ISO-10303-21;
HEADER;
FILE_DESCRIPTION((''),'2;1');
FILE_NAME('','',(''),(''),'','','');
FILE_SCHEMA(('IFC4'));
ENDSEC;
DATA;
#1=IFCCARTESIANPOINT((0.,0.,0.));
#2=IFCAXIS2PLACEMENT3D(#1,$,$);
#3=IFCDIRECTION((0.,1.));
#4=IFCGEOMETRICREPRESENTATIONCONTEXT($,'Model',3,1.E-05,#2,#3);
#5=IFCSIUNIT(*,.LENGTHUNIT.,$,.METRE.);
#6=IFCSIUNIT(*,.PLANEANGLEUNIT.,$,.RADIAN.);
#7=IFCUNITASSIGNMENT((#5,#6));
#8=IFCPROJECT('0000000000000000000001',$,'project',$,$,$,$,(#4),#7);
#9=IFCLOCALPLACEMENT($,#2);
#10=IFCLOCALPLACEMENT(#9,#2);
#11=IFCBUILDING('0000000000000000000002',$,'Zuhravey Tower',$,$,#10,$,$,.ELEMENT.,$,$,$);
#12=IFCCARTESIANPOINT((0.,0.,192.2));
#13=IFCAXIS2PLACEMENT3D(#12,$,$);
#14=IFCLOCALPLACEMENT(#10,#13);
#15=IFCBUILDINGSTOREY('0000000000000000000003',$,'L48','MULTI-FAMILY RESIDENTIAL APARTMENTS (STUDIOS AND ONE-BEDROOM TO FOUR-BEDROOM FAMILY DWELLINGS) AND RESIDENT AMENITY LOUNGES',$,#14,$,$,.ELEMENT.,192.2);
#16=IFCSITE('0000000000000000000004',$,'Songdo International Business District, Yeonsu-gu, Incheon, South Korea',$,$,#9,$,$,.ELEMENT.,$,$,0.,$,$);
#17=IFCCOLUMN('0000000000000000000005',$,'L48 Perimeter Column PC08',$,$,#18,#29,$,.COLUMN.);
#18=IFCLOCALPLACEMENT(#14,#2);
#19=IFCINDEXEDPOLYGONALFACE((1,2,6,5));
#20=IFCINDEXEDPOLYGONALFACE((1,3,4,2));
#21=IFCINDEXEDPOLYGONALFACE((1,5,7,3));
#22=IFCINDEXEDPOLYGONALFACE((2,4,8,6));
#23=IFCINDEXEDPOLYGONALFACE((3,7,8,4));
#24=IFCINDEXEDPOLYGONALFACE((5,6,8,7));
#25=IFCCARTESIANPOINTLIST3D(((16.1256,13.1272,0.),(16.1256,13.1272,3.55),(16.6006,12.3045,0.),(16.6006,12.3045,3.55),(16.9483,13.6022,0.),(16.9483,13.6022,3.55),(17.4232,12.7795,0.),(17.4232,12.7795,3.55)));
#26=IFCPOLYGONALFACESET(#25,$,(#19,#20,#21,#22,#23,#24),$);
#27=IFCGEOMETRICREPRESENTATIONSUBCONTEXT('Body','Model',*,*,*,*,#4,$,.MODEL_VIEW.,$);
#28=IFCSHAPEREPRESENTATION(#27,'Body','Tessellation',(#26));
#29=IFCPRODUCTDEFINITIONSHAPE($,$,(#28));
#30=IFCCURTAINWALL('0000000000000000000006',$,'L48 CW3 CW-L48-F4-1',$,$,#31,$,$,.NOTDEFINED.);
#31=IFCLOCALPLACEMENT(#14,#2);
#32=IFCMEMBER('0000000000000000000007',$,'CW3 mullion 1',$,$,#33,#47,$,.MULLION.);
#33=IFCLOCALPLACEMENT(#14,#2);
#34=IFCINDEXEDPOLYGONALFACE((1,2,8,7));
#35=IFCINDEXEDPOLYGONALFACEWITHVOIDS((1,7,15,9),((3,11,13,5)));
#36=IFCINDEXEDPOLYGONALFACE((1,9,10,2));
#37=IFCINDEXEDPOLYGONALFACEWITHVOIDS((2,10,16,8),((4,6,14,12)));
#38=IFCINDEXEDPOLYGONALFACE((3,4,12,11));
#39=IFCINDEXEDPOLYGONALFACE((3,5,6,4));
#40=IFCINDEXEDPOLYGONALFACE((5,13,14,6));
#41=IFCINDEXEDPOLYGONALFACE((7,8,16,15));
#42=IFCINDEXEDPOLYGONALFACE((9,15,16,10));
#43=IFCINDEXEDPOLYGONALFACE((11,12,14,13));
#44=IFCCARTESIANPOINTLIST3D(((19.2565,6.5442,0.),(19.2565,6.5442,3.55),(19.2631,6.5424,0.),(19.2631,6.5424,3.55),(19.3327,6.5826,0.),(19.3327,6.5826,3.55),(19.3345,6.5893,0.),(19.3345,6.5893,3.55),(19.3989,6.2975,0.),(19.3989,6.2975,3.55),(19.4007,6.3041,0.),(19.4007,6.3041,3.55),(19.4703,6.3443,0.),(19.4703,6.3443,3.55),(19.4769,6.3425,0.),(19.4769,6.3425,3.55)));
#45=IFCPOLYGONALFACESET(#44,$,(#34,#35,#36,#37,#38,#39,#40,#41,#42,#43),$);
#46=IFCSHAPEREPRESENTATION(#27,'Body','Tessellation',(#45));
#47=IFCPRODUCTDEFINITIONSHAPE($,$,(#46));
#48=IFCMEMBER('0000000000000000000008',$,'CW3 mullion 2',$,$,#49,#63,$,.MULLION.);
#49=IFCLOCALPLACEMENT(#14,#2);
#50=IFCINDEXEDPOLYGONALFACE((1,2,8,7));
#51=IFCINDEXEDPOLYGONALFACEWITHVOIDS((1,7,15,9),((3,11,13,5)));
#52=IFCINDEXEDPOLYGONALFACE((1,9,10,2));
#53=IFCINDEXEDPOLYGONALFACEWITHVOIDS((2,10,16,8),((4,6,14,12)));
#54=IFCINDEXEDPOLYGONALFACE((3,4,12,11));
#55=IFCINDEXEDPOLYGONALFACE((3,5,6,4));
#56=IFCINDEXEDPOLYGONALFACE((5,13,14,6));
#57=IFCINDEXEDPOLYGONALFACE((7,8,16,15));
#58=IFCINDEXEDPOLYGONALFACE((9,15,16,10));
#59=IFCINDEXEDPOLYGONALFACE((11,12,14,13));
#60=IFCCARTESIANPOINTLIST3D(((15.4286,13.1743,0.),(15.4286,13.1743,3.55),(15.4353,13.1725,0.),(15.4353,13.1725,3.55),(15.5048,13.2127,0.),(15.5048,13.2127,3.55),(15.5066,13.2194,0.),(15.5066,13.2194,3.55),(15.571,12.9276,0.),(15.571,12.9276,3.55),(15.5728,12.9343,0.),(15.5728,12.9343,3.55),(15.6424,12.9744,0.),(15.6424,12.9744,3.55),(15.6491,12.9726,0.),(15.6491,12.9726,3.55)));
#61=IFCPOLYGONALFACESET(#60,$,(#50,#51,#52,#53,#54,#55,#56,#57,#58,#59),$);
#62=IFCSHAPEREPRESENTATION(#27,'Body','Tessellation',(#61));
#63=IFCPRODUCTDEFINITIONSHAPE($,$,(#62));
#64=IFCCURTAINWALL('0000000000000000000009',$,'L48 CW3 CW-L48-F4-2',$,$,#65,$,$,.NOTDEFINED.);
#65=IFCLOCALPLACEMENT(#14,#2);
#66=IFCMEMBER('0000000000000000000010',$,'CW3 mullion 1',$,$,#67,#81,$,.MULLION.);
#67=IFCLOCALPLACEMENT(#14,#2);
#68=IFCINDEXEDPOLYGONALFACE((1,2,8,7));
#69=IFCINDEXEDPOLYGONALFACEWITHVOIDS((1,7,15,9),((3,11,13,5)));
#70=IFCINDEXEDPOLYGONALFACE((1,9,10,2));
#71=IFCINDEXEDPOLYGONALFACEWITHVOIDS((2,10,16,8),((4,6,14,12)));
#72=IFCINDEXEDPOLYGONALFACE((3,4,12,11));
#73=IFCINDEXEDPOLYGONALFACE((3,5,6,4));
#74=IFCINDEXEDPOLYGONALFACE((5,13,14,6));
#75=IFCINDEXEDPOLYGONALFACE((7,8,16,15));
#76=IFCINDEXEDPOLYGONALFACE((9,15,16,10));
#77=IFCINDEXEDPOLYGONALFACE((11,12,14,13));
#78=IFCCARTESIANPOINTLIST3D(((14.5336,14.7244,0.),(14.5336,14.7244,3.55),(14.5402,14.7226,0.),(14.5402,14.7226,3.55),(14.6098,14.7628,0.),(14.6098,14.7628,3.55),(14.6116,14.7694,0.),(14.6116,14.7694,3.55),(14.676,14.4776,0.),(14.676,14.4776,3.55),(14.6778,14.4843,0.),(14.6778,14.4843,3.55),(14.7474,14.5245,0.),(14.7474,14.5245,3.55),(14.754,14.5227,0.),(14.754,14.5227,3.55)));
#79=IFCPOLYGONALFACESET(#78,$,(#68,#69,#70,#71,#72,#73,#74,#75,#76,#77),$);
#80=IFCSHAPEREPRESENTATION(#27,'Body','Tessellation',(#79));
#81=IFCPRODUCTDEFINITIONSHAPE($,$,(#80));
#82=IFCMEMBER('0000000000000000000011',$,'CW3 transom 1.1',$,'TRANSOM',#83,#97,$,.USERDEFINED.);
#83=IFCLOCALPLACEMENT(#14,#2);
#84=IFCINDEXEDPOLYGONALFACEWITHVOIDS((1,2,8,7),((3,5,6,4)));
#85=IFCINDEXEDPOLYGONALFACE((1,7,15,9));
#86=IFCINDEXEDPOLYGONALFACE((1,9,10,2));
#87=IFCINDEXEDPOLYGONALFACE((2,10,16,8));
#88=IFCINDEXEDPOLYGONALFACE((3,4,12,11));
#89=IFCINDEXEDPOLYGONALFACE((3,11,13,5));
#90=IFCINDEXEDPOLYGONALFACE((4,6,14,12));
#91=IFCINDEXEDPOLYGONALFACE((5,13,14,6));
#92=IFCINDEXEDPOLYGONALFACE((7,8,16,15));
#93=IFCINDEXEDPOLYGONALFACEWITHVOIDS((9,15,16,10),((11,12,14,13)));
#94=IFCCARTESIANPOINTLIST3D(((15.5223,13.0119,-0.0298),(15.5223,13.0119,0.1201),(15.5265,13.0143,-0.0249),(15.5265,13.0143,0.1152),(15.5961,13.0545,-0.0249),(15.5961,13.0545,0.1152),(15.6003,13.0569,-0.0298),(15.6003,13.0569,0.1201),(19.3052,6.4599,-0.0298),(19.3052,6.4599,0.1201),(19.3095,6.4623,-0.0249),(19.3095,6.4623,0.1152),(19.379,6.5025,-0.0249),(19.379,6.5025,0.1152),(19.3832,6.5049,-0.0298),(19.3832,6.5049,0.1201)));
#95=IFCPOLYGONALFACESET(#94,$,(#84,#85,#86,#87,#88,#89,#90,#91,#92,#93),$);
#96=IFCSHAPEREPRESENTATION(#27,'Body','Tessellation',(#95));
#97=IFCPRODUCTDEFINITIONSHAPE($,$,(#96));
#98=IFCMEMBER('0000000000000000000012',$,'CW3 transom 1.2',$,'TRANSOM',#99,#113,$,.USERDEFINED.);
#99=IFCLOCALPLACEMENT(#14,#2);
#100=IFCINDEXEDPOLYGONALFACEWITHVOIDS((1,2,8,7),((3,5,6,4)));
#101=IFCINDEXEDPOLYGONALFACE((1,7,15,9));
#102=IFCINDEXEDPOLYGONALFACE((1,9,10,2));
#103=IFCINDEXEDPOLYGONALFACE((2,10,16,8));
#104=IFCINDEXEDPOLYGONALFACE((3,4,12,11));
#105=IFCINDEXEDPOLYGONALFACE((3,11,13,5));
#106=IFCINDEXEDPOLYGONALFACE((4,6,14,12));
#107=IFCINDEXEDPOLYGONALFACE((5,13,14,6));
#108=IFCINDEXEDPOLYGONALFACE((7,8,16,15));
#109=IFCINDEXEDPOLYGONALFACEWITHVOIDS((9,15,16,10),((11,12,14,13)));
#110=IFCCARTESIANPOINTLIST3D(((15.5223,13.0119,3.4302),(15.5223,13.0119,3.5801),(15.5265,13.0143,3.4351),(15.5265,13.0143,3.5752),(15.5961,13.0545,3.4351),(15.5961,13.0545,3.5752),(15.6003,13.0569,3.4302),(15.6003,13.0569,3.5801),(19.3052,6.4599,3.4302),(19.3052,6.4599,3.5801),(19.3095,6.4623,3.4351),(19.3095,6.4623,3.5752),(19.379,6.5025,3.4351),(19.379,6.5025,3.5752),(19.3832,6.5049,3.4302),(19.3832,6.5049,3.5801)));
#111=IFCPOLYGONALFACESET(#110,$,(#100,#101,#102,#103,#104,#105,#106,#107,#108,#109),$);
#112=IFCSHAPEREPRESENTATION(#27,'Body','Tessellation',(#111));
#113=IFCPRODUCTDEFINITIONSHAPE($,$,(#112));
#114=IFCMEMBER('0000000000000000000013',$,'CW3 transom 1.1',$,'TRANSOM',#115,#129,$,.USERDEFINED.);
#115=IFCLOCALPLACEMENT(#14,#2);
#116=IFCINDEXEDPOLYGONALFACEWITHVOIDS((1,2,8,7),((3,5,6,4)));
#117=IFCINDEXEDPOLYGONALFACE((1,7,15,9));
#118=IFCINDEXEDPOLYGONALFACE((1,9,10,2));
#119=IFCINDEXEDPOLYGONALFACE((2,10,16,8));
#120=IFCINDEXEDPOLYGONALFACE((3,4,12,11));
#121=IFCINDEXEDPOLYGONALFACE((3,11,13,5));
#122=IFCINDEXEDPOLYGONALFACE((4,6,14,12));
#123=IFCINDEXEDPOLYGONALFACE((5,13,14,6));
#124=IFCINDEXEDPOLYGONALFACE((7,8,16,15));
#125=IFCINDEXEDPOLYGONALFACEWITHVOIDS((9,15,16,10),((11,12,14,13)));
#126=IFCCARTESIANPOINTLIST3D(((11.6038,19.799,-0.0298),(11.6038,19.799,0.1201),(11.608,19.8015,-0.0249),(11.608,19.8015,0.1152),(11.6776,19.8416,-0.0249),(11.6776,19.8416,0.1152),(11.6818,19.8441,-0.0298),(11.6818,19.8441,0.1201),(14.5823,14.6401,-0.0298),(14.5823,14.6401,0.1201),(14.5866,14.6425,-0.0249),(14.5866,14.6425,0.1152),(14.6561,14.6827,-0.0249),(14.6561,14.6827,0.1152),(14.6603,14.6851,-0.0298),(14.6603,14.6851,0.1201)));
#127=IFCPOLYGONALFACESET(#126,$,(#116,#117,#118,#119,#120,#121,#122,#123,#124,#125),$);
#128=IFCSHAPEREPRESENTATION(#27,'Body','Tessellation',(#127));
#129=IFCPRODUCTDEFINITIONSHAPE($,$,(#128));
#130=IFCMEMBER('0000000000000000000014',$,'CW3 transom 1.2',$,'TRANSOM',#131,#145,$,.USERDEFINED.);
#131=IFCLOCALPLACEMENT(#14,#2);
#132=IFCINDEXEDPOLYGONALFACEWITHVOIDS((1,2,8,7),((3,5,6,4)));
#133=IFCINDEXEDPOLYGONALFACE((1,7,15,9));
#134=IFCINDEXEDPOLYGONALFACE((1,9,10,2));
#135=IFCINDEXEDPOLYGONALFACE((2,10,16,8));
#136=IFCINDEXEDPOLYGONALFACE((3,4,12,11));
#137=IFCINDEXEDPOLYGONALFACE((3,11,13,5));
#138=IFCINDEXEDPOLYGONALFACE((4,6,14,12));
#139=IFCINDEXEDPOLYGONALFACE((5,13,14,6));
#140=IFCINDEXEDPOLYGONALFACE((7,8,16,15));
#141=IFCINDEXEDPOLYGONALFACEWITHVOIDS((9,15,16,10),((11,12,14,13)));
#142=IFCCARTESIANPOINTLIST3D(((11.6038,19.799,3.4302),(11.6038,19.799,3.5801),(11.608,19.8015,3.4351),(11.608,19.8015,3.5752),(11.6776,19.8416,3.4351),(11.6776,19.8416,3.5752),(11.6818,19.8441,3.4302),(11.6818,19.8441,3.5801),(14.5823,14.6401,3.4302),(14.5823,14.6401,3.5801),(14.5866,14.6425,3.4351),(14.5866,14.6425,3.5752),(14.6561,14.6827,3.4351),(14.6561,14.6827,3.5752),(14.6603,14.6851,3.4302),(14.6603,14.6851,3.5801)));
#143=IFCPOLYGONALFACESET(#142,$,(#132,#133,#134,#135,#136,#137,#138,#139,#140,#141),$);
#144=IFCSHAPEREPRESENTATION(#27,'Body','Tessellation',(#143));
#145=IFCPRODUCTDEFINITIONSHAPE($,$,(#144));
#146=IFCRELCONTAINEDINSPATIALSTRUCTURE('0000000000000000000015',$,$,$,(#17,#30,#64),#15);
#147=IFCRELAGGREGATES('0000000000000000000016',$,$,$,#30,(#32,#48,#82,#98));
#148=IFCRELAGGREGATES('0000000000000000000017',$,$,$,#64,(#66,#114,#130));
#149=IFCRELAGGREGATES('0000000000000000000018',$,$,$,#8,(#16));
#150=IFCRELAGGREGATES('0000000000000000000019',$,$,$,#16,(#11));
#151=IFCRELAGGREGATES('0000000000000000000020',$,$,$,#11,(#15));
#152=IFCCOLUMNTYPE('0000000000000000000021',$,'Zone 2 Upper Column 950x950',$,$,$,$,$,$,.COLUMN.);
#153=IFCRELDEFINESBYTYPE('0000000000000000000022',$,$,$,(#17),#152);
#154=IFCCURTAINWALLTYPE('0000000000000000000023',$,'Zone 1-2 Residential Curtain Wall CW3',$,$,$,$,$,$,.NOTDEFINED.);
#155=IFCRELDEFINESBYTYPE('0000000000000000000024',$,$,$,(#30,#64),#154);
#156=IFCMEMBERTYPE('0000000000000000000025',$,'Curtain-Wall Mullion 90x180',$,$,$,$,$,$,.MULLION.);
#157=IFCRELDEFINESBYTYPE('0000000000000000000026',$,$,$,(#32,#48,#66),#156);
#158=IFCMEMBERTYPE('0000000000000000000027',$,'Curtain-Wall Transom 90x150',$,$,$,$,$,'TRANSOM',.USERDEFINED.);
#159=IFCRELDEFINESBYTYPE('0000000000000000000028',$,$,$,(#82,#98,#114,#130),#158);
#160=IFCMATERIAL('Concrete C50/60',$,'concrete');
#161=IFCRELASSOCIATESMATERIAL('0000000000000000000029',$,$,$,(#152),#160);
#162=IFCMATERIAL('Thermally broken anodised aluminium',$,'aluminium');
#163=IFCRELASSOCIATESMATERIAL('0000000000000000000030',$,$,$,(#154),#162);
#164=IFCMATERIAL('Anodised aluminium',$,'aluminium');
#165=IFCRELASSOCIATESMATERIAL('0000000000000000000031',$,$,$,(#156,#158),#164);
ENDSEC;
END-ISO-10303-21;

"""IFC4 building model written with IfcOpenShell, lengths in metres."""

from ifc_helpers import new_model, si_unit, direction, frame, origin, origin_2d, place, context, subcontext, project, spatial, rectangle, hollow_rectangle, extrude, material, material_profile, profile_set, type_object, element, aggregate, save


model = new_model("IFC4")

# Units and contexts
model_context = context("Model", 3, precision=1e-05, world=origin(), true_north=direction((0.0, 1.0)))
body_context = subcontext(model_context, "Body", "Model", "MODEL_VIEW")
ifc_project = project(units=[si_unit("LENGTHUNIT", "METRE"), si_unit("PLANEANGLEUNIT", "RADIAN")], contexts=[model_context])

# Site, building, storey
site_placement = place(None, origin())
site = spatial("IfcSite", under=ifc_project, at=site_placement, Name="Songdo International Business District, Yeonsu-gu, Incheon, South Korea", CompositionType="ELEMENT", RefElevation=0.0)
building_placement = place(site_placement, origin())
building = spatial("IfcBuilding", under=site, at=building_placement, Name="Zuhravey Tower", CompositionType="ELEMENT")
storey_placement = place(building_placement, frame((0.0, 0.0, 192.2)))
storey = spatial("IfcBuildingStorey", under=building, at=storey_placement, Name="L48", Description="MULTI-FAMILY RESIDENTIAL APARTMENTS (STUDIOS AND ONE-BEDROOM TO FOUR-BEDROOM FAMILY DWELLINGS) AND RESIDENT AMENITY LOUNGES", CompositionType="ELEMENT", Elevation=192.2)

# Column
ifc_material_1 = material(Name="Concrete C50/60", Category="concrete")
ifc_material_profile_1 = material_profile(ifc_material_1, rectangle(XDim=0.95, YDim=0.95, at=origin_2d()), Name="RC-950x950")
ifc_profile_set_1 = profile_set([ifc_material_profile_1], Name="Concrete C50/60")
column_type = type_object("IfcColumnType", Name="Zone 2 Upper Column 950x950", PredefinedType="COLUMN", material=ifc_profile_set_1)
column_placement = place(storey_placement, frame((16.7744, 12.9534, 0.0), z_axis=(0.0, 0.0, 1.0), x_axis=(0.5, -0.866025, 0.0)))
element("IfcColumn", 1, at=column_placement, inside=storey, type_object=column_type, Name="L48 Perimeter Column PC08", PredefinedType="COLUMN", context=body_context, shape_type="SweptSolid", body=[
    extrude(rectangle(XDim=0.95, YDim=0.95, at=origin_2d()), origin(), (0.0, 0.0, 1.0), 3.55),
])

# Curtain wall, members
ifc_material_2 = material(Name="Thermally broken anodised aluminium", Category="aluminium")
curtain_wall_type = type_object("IfcCurtainWallType", Name="Zone 1-2 Residential Curtain Wall CW3", PredefinedType="NOTDEFINED", material=ifc_material_2)
curtain_wall_1_placement = place(storey_placement, origin())
curtain_wall_1 = element("IfcCurtainWall", 2, at=curtain_wall_1_placement, inside=storey, type_object=curtain_wall_type, Name="L48 CW3 CW-L48-F4-1", PredefinedType="NOTDEFINED")
ifc_material_3 = material(Name="Anodised aluminium", Category="aluminium")
ifc_material_profile_2 = material_profile(ifc_material_3, hollow_rectangle(XDim=0.0901, YDim=0.2849, WallThickness=0.0049, at=origin_2d()), Name="ALU-RHS-90x285x5")
ifc_profile_set_2 = profile_set([ifc_material_profile_2], Name="Anodised aluminium")
member_type_1 = type_object("IfcMemberType", Name="Curtain-Wall Mullion 90x180", PredefinedType="MULLION", material=ifc_profile_set_2)
member_1_placement = place(storey_placement, frame((19.3667, 6.4434, 0.0), z_axis=(0.0, 0.0, 1.0), x_axis=(-0.866023, -0.500003, 0.0)))
member_1 = element("IfcMember", 3, at=member_1_placement, type_object=member_type_1, Name="CW3 mullion 1", PredefinedType="MULLION", context=body_context, shape_type="SweptSolid", body=[
    extrude(hollow_rectangle(XDim=0.0901, YDim=0.2849, WallThickness=0.0049, at=origin_2d()), origin(), (0.0, 0.0, 1.0), 3.55),
])
member_2_placement = place(storey_placement, frame((15.5388, 13.0735, 0.0), z_axis=(0.0, 0.0, 1.0), x_axis=(-0.866023, -0.500003, 0.0)))
member_2 = element("IfcMember", 4, at=member_2_placement, type_object=member_type_1, Name="CW3 mullion 2", PredefinedType="MULLION", context=body_context, shape_type="SweptSolid", body=[
    extrude(hollow_rectangle(XDim=0.0901, YDim=0.2849, WallThickness=0.0049, at=origin_2d()), origin(), (0.0, 0.0, 1.0), 3.55),
])

# Curtain wall, member
curtain_wall_2_placement = place(storey_placement, origin())
curtain_wall_2 = element("IfcCurtainWall", 5, at=curtain_wall_2_placement, inside=storey, type_object=curtain_wall_type, Name="L48 CW3 CW-L48-F4-2", PredefinedType="NOTDEFINED")
member_3_placement = place(storey_placement, frame((14.6438, 14.6235, 0.0), z_axis=(0.0, 0.0, 1.0), x_axis=(-0.866026, -0.499998, 0.0)))
member_3 = element("IfcMember", 6, at=member_3_placement, type_object=member_type_1, Name="CW3 mullion 1", PredefinedType="MULLION", context=body_context, shape_type="SweptSolid", body=[
    extrude(hollow_rectangle(XDim=0.0901, YDim=0.2849, WallThickness=0.0049, at=origin_2d()), origin(), (0.0, 0.0, 1.0), 3.55),
])

# Members
ifc_material_profile_3 = material_profile(ifc_material_3, hollow_rectangle(XDim=0.0901, YDim=0.1499, WallThickness=0.0049, at=origin_2d()), Name="ALU-RHS-90x150x5")
ifc_profile_set_3 = profile_set([ifc_material_profile_3], Name="Anodised aluminium")
member_type_2 = type_object("IfcMemberType", Name="Curtain-Wall Transom 90x150", ElementType="TRANSOM", PredefinedType="USERDEFINED", material=ifc_profile_set_3)
member_4_placement = place(storey_placement, frame((19.3442, 6.4824, 0.0452), z_axis=(-0.500016, 0.866016, 0.0), x_axis=(-0.866016, -0.500016, 0.0)))
member_4 = element("IfcMember", 7, at=member_4_placement, type_object=member_type_2, Name="CW3 transom 1.1", ObjectType="TRANSOM", PredefinedType="USERDEFINED", context=body_context, shape_type="SweptSolid", body=[
    extrude(hollow_rectangle(XDim=0.0901, YDim=0.1499, WallThickness=0.0049, at=origin_2d()), origin(), (0.0, 0.0, 1.0), 7.5657),
])
member_5_placement = place(storey_placement, frame((19.3442, 6.4824, 3.5051), z_axis=(-0.500016, 0.866016, 0.0), x_axis=(-0.866016, -0.500016, 0.0)))
member_5 = element("IfcMember", 8, at=member_5_placement, type_object=member_type_2, Name="CW3 transom 1.2", ObjectType="TRANSOM", PredefinedType="USERDEFINED", context=body_context, shape_type="SweptSolid", body=[
    extrude(hollow_rectangle(XDim=0.0901, YDim=0.1499, WallThickness=0.0049, at=origin_2d()), origin(), (0.0, 0.0, 1.0), 7.5657),
])
member_6_placement = place(storey_placement, frame((14.6213, 14.6626, 0.0452), z_axis=(-0.5, 0.866025, 0.0), x_axis=(-0.866025, -0.5, 0.0)))
member_6 = element("IfcMember", 9, at=member_6_placement, type_object=member_type_2, Name="CW3 transom 1.1", ObjectType="TRANSOM", PredefinedType="USERDEFINED", context=body_context, shape_type="SweptSolid", body=[
    extrude(hollow_rectangle(XDim=0.0901, YDim=0.1499, WallThickness=0.0049, at=origin_2d()), origin(), (0.0, 0.0, 1.0), 5.957),
])
member_7_placement = place(storey_placement, frame((14.6213, 14.6626, 3.5051), z_axis=(-0.5, 0.866025, 0.0), x_axis=(-0.866025, -0.5, 0.0)))
member_7 = element("IfcMember", 10, at=member_7_placement, type_object=member_type_2, Name="CW3 transom 1.2", ObjectType="TRANSOM", PredefinedType="USERDEFINED", context=body_context, shape_type="SweptSolid", body=[
    extrude(hollow_rectangle(XDim=0.0901, YDim=0.1499, WallThickness=0.0049, at=origin_2d()), origin(), (0.0, 0.0, 1.0), 5.957),
])

aggregate(curtain_wall_1, [member_1, member_2, member_4, member_5])
aggregate(curtain_wall_2, [member_3, member_6, member_7])

save(model, "model.ifc")
